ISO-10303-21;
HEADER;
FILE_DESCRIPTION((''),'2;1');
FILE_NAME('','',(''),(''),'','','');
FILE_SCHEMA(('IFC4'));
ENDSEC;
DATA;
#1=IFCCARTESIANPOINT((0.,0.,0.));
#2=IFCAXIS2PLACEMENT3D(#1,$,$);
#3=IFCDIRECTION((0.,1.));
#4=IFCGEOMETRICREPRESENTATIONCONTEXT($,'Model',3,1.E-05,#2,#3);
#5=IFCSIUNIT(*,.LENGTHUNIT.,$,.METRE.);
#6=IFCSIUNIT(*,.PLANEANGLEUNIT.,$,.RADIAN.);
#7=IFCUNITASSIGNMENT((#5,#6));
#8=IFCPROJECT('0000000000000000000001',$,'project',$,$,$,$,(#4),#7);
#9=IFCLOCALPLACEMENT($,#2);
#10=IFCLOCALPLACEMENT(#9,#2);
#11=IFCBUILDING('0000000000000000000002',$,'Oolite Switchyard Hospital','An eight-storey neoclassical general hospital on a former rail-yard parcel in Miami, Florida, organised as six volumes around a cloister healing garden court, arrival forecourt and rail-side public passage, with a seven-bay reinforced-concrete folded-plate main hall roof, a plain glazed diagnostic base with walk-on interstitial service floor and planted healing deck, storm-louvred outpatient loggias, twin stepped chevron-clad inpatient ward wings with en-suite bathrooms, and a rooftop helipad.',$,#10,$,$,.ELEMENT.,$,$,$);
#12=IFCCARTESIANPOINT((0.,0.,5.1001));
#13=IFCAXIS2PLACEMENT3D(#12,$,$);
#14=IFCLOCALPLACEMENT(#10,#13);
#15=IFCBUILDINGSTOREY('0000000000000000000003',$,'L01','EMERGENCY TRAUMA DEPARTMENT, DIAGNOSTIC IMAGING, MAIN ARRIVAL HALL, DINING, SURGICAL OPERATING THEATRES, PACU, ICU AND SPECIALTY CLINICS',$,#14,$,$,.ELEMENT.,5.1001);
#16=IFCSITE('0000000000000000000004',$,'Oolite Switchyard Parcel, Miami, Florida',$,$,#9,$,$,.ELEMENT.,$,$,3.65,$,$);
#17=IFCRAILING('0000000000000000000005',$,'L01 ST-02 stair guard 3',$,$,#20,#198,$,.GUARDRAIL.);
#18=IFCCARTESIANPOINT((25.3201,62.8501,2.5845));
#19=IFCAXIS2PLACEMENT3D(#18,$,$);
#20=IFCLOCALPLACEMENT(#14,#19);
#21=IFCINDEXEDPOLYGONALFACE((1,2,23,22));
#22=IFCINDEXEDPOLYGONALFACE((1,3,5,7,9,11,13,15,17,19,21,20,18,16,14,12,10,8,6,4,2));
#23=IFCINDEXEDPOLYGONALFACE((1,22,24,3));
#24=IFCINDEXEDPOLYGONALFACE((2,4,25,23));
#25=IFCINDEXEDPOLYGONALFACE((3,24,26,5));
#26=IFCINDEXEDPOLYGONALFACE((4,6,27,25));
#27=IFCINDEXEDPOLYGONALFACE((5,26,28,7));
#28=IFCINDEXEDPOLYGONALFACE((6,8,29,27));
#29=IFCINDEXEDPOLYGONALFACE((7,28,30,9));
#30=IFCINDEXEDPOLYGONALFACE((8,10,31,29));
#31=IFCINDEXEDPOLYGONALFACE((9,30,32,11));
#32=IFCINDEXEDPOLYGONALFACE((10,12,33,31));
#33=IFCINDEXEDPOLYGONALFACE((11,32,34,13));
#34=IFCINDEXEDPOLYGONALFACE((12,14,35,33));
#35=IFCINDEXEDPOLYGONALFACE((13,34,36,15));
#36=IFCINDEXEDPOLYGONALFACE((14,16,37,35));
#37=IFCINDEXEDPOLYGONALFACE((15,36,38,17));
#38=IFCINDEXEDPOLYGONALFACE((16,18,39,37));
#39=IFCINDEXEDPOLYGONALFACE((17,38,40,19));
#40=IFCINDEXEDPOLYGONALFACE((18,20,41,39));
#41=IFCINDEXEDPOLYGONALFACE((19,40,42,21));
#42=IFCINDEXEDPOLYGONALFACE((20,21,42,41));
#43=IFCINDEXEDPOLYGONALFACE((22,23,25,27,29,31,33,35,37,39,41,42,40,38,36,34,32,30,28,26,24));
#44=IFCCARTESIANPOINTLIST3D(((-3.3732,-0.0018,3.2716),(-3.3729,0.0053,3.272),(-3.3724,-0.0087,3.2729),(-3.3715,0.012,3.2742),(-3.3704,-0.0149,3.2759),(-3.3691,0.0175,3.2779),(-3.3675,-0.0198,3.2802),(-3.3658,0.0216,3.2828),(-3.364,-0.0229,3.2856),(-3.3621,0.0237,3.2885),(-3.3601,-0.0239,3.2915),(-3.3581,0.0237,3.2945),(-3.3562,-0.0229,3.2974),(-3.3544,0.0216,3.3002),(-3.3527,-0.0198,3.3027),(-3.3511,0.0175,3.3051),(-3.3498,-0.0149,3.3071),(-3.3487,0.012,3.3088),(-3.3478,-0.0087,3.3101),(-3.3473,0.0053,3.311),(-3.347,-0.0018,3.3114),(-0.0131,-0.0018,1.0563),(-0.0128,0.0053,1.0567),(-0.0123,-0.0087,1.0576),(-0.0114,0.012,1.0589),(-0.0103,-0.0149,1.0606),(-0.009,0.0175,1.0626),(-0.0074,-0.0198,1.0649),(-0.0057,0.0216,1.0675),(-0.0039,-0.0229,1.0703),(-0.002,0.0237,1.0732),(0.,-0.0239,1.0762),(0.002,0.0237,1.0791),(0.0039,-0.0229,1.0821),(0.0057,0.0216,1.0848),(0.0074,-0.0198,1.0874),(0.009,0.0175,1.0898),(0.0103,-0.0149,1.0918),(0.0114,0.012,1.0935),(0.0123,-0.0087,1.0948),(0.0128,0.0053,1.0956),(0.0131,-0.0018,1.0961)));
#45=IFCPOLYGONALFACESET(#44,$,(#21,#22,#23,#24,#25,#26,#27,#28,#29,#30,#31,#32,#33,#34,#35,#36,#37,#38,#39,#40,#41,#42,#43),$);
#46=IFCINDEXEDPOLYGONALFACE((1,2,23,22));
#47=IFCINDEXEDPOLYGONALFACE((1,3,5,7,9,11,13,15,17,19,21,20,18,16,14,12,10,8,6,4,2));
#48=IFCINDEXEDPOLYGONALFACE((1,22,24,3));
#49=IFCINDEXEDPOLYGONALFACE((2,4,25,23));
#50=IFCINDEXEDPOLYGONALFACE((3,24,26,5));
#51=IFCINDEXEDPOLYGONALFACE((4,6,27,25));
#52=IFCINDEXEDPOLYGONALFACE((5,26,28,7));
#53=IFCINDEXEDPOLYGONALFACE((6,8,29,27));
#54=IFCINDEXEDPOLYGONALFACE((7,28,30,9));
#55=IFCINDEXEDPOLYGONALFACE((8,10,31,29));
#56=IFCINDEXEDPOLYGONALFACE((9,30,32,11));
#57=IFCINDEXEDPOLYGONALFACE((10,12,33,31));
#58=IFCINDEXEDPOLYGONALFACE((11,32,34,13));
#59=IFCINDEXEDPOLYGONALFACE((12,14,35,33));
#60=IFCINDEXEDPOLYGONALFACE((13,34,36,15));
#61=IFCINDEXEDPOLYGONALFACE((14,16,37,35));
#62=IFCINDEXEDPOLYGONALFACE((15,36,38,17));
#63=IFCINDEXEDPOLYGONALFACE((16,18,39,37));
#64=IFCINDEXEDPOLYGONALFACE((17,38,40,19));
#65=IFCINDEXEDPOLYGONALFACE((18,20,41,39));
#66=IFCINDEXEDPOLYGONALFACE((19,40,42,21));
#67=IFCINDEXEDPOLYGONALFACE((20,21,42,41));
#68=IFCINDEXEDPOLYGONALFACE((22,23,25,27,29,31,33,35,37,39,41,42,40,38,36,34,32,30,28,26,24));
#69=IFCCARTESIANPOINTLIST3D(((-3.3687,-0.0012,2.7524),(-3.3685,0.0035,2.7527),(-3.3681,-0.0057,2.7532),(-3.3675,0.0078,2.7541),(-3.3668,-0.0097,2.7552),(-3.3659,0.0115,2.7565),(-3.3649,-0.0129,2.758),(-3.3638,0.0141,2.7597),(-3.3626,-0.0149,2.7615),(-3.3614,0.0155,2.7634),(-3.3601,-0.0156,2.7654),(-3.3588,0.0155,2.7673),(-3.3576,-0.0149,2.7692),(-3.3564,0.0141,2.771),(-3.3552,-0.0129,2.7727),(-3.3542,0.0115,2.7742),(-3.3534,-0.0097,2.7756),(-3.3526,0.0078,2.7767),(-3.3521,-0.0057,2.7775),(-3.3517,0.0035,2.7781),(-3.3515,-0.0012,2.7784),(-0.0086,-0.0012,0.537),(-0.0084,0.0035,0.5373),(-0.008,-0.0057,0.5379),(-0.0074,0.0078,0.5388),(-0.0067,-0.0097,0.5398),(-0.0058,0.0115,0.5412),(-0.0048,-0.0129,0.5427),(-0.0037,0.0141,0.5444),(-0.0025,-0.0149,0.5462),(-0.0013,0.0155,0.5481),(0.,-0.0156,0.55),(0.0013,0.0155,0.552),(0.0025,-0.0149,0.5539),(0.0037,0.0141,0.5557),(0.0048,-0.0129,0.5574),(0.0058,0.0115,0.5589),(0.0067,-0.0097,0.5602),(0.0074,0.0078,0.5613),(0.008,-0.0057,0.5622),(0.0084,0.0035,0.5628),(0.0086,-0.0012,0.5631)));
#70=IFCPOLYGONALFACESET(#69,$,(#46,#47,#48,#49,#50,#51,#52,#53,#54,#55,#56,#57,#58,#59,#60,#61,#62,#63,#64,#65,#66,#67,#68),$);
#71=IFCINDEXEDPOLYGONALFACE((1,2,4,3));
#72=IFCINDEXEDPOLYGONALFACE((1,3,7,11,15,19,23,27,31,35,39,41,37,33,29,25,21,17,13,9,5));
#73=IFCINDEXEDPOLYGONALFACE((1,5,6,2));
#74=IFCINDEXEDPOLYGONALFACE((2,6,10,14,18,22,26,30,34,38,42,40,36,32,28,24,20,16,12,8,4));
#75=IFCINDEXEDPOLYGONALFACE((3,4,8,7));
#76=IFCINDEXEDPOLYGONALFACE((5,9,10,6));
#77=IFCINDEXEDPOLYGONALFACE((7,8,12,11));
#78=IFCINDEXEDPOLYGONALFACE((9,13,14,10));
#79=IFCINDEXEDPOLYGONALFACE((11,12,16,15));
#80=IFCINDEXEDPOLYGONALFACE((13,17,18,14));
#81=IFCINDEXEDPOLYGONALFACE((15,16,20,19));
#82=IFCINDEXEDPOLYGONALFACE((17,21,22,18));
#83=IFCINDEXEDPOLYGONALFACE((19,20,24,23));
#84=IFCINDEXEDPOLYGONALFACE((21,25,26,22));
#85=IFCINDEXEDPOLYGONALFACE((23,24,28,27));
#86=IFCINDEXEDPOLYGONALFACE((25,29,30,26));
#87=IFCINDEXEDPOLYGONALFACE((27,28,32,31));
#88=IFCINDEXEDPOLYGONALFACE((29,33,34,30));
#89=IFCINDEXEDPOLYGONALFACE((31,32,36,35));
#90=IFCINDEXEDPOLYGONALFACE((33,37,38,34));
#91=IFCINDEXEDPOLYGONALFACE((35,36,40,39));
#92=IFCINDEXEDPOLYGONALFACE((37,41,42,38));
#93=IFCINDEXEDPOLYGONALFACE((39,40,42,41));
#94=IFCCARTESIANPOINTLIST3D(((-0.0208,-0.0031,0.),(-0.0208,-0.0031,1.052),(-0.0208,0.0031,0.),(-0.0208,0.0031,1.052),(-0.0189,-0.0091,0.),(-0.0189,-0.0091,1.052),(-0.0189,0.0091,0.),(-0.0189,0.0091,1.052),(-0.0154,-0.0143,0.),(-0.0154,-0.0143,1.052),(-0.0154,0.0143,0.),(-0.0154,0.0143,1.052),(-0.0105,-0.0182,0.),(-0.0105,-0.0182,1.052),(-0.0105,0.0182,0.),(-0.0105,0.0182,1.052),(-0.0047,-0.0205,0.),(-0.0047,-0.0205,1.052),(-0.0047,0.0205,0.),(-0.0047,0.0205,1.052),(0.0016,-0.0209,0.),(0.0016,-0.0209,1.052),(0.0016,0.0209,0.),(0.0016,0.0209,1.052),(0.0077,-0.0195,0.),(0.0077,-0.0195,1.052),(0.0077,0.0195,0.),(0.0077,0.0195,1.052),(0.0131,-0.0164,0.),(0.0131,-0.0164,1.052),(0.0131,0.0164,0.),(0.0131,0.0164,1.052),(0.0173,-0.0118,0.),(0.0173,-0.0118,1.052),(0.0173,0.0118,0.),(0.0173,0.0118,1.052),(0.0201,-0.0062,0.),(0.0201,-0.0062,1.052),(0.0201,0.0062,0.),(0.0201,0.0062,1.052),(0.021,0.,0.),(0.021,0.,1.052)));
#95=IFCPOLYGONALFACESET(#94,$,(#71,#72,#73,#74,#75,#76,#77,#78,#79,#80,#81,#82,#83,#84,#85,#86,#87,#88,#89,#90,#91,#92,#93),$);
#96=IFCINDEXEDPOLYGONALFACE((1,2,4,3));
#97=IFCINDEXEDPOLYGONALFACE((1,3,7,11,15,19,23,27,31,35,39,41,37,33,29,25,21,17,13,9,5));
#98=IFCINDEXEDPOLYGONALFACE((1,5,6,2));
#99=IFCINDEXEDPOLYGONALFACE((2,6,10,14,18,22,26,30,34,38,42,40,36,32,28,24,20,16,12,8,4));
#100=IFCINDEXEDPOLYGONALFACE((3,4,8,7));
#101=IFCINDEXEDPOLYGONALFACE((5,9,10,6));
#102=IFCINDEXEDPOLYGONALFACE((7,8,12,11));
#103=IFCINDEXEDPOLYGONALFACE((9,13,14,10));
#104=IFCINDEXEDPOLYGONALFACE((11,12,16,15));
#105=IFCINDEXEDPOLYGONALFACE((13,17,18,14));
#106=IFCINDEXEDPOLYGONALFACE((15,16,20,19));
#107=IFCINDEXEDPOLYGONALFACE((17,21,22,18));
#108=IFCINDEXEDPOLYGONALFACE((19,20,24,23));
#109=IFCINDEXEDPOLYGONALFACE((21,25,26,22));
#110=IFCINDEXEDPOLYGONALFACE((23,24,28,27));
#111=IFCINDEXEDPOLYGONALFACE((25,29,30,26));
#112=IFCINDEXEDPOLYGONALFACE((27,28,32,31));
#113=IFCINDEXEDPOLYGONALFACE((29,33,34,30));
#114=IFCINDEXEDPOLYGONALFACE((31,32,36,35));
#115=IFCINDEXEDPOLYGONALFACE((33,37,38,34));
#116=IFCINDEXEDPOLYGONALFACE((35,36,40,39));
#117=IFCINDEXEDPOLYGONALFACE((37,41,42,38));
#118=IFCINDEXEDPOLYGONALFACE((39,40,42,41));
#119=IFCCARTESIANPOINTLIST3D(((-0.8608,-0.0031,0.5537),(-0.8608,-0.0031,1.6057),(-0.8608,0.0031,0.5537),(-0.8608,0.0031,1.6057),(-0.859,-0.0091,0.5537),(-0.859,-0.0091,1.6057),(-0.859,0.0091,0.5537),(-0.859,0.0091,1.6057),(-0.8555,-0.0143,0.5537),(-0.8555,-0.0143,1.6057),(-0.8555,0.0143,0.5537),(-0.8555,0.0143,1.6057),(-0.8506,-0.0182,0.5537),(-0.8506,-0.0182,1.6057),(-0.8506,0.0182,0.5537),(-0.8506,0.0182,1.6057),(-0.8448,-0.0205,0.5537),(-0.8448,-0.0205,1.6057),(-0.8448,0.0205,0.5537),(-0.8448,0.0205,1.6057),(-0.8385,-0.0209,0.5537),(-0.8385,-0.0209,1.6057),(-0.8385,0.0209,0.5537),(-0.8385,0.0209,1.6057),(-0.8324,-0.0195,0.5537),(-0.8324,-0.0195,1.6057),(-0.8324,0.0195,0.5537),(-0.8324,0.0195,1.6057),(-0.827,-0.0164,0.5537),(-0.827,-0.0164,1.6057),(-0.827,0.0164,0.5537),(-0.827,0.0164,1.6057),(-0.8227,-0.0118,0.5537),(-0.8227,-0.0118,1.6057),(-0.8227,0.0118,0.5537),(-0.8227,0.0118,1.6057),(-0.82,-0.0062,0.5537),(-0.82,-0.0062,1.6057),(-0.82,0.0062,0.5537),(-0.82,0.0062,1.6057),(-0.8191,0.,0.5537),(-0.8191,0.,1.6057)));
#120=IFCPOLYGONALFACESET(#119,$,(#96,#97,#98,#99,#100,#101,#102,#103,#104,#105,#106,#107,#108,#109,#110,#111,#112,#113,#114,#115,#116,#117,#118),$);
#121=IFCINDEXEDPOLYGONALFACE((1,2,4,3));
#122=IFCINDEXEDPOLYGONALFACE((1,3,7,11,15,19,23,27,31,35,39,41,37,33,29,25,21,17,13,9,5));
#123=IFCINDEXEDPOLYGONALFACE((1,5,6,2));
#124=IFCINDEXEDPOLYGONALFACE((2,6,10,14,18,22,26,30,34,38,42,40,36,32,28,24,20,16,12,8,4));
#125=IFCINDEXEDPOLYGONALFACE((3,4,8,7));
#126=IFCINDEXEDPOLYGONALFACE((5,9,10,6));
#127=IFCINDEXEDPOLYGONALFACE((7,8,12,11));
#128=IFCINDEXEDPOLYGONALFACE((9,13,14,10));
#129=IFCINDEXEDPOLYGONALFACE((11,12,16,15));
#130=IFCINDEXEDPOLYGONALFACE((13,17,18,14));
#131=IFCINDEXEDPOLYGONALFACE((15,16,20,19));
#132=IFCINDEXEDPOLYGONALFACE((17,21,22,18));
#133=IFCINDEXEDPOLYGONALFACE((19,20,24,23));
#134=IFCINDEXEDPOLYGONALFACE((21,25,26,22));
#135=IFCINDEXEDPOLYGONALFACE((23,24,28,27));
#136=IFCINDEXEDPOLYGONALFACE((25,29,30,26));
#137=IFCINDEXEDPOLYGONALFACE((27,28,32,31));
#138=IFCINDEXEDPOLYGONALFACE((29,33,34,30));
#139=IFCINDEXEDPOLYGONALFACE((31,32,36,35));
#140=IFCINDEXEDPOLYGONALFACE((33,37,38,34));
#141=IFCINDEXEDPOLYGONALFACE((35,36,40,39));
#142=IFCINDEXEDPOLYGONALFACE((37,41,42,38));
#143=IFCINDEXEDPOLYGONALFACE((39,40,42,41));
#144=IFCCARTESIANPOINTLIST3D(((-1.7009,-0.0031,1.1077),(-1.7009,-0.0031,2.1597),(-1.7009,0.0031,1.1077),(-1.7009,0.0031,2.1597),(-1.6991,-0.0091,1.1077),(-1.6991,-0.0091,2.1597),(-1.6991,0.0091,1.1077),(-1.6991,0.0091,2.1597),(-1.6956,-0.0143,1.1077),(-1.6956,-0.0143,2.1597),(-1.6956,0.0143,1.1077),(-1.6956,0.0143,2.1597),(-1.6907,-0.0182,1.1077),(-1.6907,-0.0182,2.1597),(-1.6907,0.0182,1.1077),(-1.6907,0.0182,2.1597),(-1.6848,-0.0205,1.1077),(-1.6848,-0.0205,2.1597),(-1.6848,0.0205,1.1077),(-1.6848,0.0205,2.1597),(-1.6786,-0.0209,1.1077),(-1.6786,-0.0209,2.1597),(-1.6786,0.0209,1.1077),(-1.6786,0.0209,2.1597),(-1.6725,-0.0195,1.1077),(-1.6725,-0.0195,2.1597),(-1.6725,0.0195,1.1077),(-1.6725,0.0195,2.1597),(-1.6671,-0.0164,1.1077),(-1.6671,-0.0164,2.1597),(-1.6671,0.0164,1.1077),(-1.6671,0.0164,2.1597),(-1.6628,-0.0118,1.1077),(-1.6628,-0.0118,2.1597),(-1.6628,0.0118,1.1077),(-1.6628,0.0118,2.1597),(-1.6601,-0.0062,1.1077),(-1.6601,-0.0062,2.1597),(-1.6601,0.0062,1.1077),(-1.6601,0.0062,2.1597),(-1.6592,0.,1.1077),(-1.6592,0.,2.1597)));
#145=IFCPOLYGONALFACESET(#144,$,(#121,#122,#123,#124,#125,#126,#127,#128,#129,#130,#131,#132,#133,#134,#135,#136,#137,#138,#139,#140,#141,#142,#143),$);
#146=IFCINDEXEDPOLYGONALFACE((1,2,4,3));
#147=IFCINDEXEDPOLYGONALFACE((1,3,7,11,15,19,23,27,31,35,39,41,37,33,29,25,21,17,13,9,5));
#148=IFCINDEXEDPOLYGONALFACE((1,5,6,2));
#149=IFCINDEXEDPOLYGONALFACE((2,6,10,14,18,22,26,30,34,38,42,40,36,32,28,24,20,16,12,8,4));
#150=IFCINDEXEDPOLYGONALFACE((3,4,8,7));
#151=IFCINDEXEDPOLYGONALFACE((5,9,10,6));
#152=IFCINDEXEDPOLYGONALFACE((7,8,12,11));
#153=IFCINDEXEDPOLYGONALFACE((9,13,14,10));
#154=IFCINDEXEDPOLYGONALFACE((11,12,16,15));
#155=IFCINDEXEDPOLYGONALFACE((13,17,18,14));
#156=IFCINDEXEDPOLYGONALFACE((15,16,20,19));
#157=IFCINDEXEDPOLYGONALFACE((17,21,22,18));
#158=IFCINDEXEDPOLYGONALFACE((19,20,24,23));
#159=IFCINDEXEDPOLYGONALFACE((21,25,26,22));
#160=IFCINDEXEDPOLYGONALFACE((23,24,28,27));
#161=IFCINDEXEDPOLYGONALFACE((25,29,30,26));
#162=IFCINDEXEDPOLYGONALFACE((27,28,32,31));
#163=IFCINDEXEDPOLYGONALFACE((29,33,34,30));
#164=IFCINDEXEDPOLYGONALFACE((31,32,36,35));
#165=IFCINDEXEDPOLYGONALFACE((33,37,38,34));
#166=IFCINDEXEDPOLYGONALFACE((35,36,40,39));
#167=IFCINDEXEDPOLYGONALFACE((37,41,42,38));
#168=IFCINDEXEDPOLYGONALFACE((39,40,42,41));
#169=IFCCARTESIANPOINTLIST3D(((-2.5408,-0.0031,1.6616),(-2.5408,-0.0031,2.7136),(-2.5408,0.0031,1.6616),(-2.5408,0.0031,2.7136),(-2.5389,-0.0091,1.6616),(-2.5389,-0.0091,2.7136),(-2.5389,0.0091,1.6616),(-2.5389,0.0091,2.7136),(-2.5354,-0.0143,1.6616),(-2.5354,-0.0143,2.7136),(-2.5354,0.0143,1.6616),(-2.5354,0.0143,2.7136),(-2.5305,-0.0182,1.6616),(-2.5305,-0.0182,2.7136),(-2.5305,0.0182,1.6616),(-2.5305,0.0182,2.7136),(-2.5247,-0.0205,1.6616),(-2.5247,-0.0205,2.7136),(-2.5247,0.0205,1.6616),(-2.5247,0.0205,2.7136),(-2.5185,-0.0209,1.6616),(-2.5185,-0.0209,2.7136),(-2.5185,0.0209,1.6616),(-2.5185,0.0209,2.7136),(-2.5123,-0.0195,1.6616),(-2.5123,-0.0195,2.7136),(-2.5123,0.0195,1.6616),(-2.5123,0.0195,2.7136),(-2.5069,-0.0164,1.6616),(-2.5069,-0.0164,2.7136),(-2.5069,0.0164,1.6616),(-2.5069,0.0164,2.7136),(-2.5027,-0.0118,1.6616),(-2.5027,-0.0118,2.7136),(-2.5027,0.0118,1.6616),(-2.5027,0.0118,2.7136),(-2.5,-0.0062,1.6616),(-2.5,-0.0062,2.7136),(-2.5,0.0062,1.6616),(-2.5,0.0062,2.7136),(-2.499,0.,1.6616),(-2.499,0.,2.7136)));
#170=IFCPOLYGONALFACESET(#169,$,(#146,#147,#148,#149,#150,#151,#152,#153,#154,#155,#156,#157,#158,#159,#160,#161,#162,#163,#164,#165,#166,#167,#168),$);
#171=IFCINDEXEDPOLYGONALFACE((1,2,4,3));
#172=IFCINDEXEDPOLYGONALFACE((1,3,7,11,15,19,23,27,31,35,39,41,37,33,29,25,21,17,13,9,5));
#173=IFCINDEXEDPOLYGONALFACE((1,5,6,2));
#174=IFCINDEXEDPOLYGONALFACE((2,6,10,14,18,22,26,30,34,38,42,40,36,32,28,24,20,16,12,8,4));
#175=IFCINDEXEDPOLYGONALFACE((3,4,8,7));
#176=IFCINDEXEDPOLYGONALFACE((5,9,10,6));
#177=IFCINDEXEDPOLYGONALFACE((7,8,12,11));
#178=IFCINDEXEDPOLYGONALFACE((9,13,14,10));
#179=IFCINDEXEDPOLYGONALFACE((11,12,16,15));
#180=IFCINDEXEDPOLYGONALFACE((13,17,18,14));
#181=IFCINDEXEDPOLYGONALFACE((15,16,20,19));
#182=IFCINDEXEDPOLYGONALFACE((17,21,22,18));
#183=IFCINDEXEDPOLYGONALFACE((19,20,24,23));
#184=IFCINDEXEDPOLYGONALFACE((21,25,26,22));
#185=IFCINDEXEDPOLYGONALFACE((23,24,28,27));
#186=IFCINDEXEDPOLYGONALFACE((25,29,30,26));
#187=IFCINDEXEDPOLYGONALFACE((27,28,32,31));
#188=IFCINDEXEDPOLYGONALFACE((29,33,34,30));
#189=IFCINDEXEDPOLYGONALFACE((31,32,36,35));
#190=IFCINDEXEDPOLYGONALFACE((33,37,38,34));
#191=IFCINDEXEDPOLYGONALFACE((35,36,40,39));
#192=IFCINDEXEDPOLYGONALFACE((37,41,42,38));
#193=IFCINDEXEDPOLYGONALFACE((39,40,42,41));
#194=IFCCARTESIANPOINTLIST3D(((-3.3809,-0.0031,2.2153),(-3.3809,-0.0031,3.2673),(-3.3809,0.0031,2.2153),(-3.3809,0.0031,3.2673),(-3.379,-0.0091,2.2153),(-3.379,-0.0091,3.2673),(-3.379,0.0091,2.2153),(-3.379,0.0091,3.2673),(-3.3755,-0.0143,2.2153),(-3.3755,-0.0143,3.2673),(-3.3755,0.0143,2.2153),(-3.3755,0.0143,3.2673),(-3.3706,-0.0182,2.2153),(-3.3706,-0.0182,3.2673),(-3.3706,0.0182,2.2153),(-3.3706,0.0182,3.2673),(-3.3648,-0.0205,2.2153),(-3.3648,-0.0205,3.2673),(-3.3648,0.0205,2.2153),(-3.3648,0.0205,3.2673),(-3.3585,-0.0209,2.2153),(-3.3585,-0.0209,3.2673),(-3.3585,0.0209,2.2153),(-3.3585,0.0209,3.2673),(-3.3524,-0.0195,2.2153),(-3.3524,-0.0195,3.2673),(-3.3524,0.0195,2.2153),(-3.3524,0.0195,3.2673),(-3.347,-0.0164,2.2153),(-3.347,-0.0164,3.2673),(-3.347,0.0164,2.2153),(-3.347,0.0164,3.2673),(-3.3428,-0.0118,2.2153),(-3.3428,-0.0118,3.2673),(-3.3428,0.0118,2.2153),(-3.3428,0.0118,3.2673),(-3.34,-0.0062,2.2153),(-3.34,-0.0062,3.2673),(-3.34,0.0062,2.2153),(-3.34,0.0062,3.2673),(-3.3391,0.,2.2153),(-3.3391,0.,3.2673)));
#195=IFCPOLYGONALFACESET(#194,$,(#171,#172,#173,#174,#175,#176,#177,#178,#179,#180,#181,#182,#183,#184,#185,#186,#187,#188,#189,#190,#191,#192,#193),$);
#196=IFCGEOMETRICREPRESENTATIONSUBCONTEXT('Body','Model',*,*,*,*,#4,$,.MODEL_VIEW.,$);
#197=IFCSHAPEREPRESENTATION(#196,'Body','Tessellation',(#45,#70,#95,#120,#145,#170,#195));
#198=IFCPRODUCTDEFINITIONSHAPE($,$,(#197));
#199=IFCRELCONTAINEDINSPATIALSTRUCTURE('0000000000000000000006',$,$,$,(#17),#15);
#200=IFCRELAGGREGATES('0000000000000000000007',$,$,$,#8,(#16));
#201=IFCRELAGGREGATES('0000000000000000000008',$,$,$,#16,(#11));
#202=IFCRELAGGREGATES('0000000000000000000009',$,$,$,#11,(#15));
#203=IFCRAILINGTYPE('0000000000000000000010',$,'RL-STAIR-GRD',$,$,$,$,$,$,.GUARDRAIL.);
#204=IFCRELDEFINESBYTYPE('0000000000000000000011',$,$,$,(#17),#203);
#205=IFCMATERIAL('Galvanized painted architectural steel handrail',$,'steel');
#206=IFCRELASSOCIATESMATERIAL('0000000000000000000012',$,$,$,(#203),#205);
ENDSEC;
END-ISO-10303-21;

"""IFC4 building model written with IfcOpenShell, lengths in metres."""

from ifc_helpers import new_model, si_unit, direction, frame, origin, origin_2d, place, context, subcontext, project, spatial, circle, extrude, material, type_object, element, save


model = new_model("IFC4")

# Units and contexts
model_context = context("Model", 3, precision=1e-05, world=origin(), true_north=direction((0.0, 1.0)))
body_context = subcontext(model_context, "Body", "Model", "MODEL_VIEW")
ifc_project = project(units=[si_unit("LENGTHUNIT", "METRE"), si_unit("PLANEANGLEUNIT", "RADIAN")], contexts=[model_context])

# Site, building, storey
site_placement = place(None, origin())
site = spatial("IfcSite", under=ifc_project, at=site_placement, Name="Oolite Switchyard Parcel, Miami, Florida", CompositionType="ELEMENT", RefElevation=3.65)
building_placement = place(site_placement, origin())
building = spatial("IfcBuilding", under=site, at=building_placement, Name="Oolite Switchyard Hospital", Description="An eight-storey neoclassical general hospital on a former rail-yard parcel in Miami, Florida, organised as six volumes around a cloister healing garden court, arrival forecourt and rail-side public passage, with a seven-bay reinforced-concrete folded-plate main hall roof, a plain glazed diagnostic base with walk-on interstitial service floor and planted healing deck, storm-louvred outpatient loggias, twin stepped chevron-clad inpatient ward wings with en-suite bathrooms, and a rooftop helipad.", CompositionType="ELEMENT")
storey_placement = place(building_placement, frame((0.0, 0.0, 5.1001)))
storey = spatial("IfcBuildingStorey", under=building, at=storey_placement, Name="L01", Description="EMERGENCY TRAUMA DEPARTMENT, DIAGNOSTIC IMAGING, MAIN ARRIVAL HALL, DINING, SURGICAL OPERATING THEATRES, PACU, ICU AND SPECIALTY CLINICS", CompositionType="ELEMENT", Elevation=5.1001)

# Railing
ifc_material_1 = material(Name="Galvanized painted architectural steel handrail", Category="steel")
railing_type_1 = type_object("IfcRailingType", Name="RL-STAIR-GRD", PredefinedType="GUARDRAIL", material=ifc_material_1)
railing_1_placement = place(storey_placement, frame((25.3201, 62.8501, 2.5845)))
element("IfcRailing", 1, at=railing_1_placement, inside=storey, type_object=railing_type_1, Name="L01 ST-02 stair guard 3", PredefinedType="GUARDRAIL", context=body_context, shape_type="SweptSolid", body=[
    extrude(circle(Radius=0.0239, at=origin_2d()), frame((0.0, 0.0, 1.0762), z_axis=(-0.834876, 0.0, 0.550437), x_axis=(0.0, -1.0, 0.0)), (0.0, 0.0, 1.0), 4.0247),
    extrude(circle(Radius=0.0156, at=origin_2d()), frame((0.0, 0.0, 0.55), z_axis=(-0.834876, 0.0, 0.550437), x_axis=(0.0, -1.0, 0.0)), (0.0, 0.0, 1.0), 4.0247),
    extrude(circle(Radius=0.021, at=origin_2d()), origin(), (0.0, 0.0, 1.0), 1.052),
    extrude(circle(Radius=0.021, at=origin_2d()), frame((-0.8401, 0.0, 0.5537)), (0.0, 0.0, 1.0), 1.052),
    extrude(circle(Radius=0.021, at=origin_2d()), frame((-1.6802, 0.0, 1.1077)), (0.0, 0.0, 1.0), 1.052),
    extrude(circle(Radius=0.021, at=origin_2d()), frame((-2.52, 0.0, 1.6616)), (0.0, 0.0, 1.0), 1.052),
    extrude(circle(Radius=0.021, at=origin_2d()), frame((-3.3601, 0.0, 2.2153)), (0.0, 0.0, 1.0), 1.052),
])

save(model, "model.ifc")
